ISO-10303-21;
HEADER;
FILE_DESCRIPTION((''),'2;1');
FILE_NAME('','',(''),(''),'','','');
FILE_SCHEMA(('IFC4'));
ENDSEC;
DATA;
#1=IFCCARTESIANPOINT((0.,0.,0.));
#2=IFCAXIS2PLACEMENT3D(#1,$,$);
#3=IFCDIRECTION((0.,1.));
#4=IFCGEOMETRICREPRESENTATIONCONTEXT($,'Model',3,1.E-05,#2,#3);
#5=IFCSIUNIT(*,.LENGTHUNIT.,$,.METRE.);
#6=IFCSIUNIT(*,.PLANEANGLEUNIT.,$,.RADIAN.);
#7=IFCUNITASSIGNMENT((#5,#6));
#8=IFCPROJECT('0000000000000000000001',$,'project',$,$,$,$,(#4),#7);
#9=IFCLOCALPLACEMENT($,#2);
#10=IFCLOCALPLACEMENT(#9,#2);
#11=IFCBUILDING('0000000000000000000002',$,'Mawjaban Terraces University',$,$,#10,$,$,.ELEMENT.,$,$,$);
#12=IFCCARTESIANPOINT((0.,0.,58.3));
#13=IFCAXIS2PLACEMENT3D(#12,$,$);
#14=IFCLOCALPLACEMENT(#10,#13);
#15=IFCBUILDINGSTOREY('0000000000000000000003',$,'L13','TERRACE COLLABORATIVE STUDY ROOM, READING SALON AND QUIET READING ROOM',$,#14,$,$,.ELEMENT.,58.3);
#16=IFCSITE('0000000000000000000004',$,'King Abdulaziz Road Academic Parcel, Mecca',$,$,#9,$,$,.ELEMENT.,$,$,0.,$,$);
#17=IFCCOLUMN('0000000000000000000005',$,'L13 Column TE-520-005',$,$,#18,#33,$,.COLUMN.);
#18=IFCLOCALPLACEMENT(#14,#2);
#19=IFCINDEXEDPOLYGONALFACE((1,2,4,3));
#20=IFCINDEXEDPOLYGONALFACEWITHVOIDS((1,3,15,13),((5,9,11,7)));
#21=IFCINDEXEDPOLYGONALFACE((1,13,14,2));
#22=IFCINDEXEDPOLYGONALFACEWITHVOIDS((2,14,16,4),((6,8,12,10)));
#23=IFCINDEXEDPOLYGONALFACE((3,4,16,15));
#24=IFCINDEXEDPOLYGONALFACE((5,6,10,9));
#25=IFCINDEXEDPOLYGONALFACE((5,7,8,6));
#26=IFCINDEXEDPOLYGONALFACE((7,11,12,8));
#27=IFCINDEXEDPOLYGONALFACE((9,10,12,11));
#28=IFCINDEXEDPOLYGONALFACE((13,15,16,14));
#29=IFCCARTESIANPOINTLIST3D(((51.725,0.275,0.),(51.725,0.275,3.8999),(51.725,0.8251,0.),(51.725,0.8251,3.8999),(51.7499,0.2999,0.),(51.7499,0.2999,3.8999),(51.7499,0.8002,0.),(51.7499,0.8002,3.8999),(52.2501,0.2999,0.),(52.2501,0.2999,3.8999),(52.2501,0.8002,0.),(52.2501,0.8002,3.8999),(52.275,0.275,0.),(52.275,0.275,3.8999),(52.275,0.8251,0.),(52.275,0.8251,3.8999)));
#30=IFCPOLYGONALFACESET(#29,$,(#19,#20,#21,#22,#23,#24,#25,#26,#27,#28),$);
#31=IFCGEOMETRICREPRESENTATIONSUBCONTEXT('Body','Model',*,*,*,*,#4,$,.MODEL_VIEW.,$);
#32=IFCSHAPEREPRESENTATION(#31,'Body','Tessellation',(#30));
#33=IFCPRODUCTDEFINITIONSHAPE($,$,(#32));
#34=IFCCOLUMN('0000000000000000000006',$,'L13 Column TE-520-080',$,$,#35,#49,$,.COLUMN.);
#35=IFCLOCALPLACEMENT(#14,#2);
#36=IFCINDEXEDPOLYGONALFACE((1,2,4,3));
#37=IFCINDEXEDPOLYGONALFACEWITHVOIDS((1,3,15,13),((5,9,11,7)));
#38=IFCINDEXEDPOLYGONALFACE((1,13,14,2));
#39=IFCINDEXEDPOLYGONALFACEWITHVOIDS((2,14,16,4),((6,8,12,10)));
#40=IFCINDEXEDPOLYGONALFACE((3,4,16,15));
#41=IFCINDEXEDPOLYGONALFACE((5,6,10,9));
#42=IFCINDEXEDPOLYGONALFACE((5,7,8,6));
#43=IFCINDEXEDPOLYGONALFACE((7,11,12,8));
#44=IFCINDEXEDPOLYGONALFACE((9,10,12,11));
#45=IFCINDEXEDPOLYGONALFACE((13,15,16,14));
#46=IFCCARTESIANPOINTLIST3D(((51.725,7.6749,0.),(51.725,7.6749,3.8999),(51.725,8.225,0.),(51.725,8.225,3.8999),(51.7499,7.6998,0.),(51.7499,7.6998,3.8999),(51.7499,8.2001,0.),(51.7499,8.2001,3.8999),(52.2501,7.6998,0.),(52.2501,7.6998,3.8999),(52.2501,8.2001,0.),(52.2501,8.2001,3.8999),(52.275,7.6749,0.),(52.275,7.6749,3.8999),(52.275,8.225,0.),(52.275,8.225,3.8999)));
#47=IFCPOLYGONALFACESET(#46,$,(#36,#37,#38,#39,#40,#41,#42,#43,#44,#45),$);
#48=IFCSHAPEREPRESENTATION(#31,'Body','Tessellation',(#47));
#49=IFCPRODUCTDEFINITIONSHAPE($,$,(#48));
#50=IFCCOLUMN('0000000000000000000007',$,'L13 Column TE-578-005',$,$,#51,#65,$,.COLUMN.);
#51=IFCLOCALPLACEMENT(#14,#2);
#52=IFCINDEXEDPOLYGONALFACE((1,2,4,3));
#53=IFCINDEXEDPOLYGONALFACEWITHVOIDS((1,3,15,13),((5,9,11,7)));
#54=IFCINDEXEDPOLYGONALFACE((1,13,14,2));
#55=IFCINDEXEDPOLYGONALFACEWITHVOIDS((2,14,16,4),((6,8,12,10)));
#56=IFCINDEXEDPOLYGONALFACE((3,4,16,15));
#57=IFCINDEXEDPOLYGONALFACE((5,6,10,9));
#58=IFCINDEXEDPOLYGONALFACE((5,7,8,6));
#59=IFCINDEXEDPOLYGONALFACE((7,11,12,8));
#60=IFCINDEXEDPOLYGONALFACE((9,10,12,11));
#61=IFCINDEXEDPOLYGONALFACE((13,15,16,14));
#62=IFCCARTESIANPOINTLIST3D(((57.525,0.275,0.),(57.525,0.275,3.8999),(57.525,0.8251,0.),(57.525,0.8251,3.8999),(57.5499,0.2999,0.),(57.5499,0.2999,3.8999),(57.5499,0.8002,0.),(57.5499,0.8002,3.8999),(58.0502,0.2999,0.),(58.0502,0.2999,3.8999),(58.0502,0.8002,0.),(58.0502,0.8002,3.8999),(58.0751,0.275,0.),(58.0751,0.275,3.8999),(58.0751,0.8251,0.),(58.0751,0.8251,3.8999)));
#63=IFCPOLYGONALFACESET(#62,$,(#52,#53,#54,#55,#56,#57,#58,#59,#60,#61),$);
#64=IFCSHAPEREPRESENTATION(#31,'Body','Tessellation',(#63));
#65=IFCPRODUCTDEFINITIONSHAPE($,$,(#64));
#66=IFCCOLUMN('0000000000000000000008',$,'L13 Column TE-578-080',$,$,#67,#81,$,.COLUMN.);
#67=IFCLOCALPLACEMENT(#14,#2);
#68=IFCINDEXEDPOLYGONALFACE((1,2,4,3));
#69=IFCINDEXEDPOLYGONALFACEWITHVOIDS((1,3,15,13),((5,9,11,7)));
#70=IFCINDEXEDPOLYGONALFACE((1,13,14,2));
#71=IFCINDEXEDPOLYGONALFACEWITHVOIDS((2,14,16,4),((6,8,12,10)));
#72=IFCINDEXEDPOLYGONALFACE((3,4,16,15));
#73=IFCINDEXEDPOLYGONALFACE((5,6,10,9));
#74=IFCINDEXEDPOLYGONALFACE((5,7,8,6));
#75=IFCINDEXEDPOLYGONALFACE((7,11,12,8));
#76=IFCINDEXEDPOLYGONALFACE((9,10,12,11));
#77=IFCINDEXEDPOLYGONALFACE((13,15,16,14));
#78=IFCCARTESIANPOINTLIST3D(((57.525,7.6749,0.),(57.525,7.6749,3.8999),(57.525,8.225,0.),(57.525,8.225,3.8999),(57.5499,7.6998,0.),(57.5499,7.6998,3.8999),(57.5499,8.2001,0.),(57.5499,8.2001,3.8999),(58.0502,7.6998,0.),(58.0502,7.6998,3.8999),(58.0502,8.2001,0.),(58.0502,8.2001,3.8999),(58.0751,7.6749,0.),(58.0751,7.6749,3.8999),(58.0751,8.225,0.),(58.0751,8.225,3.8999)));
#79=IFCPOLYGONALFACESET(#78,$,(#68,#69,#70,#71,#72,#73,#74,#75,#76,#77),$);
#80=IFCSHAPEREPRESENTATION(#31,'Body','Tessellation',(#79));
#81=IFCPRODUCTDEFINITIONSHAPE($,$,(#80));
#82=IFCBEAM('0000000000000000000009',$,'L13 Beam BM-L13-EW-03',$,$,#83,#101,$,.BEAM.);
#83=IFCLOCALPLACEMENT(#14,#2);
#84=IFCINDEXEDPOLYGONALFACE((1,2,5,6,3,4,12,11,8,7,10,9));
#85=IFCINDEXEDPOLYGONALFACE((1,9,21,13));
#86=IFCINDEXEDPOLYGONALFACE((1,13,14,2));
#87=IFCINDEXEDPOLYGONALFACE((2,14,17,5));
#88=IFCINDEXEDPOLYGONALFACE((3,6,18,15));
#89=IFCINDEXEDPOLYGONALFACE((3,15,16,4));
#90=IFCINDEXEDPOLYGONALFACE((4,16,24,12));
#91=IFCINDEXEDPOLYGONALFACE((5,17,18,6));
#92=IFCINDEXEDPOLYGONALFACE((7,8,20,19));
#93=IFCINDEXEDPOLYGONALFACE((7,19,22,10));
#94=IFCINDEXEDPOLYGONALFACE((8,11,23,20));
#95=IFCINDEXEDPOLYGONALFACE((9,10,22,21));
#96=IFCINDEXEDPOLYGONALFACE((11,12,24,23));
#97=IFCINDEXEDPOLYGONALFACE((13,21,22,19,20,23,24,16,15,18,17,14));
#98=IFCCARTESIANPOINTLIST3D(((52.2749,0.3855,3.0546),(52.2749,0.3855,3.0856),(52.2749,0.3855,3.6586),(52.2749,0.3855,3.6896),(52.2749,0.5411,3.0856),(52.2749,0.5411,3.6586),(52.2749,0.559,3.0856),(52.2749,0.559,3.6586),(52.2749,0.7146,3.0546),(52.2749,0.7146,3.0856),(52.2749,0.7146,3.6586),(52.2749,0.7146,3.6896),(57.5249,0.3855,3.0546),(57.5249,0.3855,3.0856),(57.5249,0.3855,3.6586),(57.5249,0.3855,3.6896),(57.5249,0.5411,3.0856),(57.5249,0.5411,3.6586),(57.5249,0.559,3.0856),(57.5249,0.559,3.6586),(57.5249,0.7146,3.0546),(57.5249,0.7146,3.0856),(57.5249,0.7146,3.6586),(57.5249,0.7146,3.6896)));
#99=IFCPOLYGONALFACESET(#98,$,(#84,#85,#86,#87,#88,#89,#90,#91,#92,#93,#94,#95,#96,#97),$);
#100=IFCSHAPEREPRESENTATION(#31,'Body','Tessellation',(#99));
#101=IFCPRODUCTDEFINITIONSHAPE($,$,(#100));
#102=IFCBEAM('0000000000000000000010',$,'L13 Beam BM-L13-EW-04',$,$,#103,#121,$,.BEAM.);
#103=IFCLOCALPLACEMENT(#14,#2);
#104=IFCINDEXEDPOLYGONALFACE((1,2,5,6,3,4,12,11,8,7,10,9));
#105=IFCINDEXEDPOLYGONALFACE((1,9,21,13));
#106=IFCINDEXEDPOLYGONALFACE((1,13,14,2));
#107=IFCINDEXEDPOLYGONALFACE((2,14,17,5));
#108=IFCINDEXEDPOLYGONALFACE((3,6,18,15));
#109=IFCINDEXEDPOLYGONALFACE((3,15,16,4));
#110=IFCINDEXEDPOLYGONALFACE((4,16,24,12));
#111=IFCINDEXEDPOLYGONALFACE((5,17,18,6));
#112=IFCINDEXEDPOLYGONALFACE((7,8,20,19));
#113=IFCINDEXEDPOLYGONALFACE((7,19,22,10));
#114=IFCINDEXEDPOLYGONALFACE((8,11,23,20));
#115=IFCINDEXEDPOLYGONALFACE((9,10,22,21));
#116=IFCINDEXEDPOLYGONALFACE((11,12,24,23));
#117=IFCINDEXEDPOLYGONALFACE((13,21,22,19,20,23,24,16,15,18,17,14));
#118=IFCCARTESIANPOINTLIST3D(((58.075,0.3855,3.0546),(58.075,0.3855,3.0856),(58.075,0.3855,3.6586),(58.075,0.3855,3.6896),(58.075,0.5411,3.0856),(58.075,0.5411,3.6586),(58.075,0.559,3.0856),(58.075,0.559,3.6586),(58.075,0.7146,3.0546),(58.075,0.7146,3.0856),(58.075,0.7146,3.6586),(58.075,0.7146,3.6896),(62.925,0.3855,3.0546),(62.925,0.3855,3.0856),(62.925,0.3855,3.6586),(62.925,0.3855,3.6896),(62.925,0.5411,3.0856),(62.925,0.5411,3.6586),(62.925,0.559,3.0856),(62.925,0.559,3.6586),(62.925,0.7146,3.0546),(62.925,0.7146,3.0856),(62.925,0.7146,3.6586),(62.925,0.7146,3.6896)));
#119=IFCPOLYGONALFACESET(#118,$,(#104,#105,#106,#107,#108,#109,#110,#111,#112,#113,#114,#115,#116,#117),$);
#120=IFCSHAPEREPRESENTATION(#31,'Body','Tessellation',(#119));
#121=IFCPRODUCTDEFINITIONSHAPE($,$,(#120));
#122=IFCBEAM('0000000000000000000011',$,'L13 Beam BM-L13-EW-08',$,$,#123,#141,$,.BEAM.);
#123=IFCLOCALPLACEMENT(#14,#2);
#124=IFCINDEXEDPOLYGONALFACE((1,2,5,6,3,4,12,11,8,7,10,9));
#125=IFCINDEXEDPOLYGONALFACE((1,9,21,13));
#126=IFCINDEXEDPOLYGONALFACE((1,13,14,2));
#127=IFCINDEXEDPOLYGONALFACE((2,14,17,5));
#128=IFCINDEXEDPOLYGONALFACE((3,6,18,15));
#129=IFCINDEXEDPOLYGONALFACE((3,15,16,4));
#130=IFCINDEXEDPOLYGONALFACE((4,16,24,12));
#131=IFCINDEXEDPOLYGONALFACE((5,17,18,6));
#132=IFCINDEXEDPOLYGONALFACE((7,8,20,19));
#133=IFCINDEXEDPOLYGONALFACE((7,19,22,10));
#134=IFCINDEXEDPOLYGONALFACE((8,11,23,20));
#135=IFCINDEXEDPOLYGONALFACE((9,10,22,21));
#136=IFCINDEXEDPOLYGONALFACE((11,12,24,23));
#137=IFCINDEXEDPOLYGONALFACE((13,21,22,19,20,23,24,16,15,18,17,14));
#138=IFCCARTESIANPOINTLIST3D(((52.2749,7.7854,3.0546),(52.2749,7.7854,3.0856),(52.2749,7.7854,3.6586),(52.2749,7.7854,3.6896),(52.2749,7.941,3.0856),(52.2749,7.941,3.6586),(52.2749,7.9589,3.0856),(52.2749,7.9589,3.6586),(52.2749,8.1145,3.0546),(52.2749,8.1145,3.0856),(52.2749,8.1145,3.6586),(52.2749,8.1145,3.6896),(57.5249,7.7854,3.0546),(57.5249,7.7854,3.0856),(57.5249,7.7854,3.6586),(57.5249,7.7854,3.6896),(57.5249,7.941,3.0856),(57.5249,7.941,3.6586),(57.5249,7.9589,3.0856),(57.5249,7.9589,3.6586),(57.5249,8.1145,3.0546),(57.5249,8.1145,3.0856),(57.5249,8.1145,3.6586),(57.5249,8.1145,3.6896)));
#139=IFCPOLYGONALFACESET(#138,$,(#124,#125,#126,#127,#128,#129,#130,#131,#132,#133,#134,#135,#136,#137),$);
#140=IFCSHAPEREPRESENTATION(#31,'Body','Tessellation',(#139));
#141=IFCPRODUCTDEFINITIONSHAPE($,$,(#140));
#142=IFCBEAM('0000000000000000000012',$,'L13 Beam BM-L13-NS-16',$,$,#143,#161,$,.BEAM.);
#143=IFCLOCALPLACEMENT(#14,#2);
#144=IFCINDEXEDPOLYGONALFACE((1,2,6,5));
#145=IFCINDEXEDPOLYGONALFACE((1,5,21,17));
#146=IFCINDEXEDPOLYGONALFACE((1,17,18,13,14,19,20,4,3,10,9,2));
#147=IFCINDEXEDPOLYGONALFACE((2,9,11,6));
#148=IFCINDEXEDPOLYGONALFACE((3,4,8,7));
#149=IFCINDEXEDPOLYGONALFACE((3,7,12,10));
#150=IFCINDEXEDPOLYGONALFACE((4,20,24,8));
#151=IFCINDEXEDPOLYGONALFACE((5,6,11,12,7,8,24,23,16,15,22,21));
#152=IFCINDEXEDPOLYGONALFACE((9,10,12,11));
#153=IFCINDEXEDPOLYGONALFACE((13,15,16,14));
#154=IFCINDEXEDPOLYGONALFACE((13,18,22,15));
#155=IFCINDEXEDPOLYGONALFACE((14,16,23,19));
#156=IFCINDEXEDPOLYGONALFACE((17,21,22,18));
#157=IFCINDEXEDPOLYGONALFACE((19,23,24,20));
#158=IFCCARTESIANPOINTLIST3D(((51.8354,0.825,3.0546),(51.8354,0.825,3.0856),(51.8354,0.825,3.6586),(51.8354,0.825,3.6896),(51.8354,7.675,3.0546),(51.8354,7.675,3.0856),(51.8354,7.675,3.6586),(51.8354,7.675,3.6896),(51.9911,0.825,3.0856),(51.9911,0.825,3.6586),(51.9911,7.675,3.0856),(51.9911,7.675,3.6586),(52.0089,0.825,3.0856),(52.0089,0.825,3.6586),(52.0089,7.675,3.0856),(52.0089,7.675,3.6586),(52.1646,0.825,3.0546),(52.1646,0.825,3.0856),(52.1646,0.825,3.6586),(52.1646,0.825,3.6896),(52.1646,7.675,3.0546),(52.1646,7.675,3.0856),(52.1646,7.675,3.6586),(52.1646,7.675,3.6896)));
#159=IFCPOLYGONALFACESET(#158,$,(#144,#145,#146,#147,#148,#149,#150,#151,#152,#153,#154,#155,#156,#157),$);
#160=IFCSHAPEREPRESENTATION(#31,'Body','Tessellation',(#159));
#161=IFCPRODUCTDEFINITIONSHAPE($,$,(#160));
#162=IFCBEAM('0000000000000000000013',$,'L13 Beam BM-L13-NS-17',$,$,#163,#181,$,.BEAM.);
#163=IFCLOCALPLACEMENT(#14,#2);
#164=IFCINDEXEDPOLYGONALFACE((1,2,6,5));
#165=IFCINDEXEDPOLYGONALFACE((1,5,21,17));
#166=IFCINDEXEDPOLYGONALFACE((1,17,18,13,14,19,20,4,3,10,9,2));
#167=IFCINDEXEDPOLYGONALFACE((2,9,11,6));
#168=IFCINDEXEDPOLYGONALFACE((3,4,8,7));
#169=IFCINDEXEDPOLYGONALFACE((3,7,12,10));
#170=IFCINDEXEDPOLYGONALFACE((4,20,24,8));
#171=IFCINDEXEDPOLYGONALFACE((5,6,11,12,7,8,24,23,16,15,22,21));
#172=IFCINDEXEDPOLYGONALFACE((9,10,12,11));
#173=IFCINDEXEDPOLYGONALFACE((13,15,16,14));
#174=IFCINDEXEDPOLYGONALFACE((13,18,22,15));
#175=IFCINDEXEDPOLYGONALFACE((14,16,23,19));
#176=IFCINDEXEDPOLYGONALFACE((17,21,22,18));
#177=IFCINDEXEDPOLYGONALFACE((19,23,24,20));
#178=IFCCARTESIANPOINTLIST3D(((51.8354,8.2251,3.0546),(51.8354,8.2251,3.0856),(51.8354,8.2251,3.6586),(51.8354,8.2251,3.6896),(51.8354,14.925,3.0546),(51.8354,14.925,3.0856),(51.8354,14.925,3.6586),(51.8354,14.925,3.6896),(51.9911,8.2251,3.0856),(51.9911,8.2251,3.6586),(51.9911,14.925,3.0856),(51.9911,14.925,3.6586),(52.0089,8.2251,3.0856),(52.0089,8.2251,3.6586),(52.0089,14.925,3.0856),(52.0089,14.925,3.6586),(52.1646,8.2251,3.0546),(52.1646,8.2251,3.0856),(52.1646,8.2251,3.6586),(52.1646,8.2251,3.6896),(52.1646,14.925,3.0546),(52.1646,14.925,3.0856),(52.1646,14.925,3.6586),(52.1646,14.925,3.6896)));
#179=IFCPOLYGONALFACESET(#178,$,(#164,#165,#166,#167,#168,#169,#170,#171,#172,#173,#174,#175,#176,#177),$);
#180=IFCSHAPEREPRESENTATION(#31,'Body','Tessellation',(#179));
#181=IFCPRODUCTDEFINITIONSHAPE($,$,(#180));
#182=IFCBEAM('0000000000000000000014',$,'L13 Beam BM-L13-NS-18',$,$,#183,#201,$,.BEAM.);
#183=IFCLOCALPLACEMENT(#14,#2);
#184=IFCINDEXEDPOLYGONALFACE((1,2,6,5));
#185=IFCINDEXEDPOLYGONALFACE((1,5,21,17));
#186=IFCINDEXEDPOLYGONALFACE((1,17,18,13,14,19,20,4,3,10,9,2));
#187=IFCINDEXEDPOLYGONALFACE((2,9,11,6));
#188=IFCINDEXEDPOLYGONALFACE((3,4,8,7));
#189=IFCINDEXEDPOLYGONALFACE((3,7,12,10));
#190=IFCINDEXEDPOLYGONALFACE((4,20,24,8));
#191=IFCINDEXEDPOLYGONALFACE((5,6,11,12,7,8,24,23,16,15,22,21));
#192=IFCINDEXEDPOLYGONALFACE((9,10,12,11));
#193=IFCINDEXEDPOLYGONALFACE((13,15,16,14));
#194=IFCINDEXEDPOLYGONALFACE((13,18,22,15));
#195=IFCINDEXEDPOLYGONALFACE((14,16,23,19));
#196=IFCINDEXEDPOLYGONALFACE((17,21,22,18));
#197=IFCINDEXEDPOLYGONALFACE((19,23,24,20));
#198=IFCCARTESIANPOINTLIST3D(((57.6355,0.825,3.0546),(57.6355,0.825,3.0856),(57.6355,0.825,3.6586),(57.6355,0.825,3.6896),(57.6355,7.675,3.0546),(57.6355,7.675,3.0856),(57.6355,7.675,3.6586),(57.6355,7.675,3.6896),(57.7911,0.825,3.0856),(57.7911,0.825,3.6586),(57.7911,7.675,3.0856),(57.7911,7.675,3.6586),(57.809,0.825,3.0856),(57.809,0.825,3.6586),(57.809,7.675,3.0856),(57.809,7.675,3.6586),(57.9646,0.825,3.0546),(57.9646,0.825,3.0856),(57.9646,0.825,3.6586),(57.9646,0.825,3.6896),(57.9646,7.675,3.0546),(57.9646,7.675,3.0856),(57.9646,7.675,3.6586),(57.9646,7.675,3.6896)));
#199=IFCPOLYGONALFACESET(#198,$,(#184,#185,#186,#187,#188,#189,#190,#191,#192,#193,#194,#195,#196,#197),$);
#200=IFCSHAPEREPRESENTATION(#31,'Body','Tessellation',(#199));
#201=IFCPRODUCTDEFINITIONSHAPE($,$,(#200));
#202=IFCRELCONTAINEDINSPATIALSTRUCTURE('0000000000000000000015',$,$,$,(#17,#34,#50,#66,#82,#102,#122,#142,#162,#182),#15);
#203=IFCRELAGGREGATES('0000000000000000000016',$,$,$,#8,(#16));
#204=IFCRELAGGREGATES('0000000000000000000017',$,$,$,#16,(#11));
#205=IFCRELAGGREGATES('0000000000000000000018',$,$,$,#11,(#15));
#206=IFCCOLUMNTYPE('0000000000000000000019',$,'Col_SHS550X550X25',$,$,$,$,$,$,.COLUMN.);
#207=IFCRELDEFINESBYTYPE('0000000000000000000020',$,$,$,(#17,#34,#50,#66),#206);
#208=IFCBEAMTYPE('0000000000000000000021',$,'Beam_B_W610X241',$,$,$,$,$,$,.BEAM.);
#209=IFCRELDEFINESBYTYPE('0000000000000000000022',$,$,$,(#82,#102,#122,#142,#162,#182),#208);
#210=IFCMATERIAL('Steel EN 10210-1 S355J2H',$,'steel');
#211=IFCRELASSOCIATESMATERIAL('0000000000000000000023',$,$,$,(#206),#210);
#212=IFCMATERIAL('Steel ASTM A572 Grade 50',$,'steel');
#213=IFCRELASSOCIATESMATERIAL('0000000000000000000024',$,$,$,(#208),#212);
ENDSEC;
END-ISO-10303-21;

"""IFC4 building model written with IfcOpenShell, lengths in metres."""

from ifc_helpers import new_model, si_unit, direction, frame, origin, origin_2d, place, context, subcontext, project, spatial, hollow_rectangle, i_section, extrude, material, material_profile, profile_set, type_object, element, save


model = new_model("IFC4")

# Units and contexts
model_context = context("Model", 3, precision=1e-05, world=origin(), true_north=direction((0.0, 1.0)))
body_context = subcontext(model_context, "Body", "Model", "MODEL_VIEW")
ifc_project = project(units=[si_unit("LENGTHUNIT", "METRE"), si_unit("PLANEANGLEUNIT", "RADIAN")], contexts=[model_context])

# Site, building, storey
site_placement = place(None, origin())
site = spatial("IfcSite", under=ifc_project, at=site_placement, Name="King Abdulaziz Road Academic Parcel, Mecca", CompositionType="ELEMENT", RefElevation=0.0)
building_placement = place(site_placement, origin())
building = spatial("IfcBuilding", under=site, at=building_placement, Name="Mawjaban Terraces University", CompositionType="ELEMENT")
storey_placement = place(building_placement, frame((0.0, 0.0, 58.3)))
storey = spatial("IfcBuildingStorey", under=building, at=storey_placement, Name="L13", Description="TERRACE COLLABORATIVE STUDY ROOM, READING SALON AND QUIET READING ROOM", CompositionType="ELEMENT", Elevation=58.3)

# Columns
ifc_material_1 = material(Name="Steel EN 10210-1 S355J2H", Category="steel")
ifc_material_profile_1 = material_profile(ifc_material_1, hollow_rectangle(XDim=0.55, YDim=0.55, WallThickness=0.0249, at=origin_2d()), Name="SHS550X550X25")
ifc_profile_set_1 = profile_set([ifc_material_profile_1], Name="Steel EN 10210-1 S355J2H")
column_type = type_object("IfcColumnType", Name="Col_SHS550X550X25", PredefinedType="COLUMN", material=ifc_profile_set_1)
for number, where, z_axis, x_axis, name in (
    (1, (52.0, 0.55, 0.0), (0.0, 0.0, 1.0), (1.0, 0.0, 0.0), "L13 Column TE-520-005"),
    (2, (52.0, 7.95, 0.0), (0.0, 0.0, 1.0), (1.0, 0.0, 0.0), "L13 Column TE-520-080"),
    (3, (57.8, 0.55, 0.0), (0.0, 0.0, 1.0), (1.0, 0.0, 0.0), "L13 Column TE-578-005"),
    (4, (57.8, 7.95, 0.0), (0.0, 0.0, 1.0), (1.0, 0.0, 0.0), "L13 Column TE-578-080"),
):
    element("IfcColumn", number, at=place(storey_placement, frame(where, z_axis=z_axis, x_axis=x_axis)), inside=storey, type_object=column_type, Name=name, PredefinedType="COLUMN", context=body_context, shape_type="SweptSolid", body=[
        extrude(hollow_rectangle(XDim=0.55, YDim=0.55, WallThickness=0.0249, at=origin_2d()), origin(), (0.0, 0.0, 1.0), 3.8999),
    ])

# Beams
ifc_material_2 = material(Name="Steel ASTM A572 Grade 50", Category="steel")
ifc_material_profile_2 = material_profile(ifc_material_2, i_section(OverallWidth=0.3291, OverallDepth=0.635, WebThickness=0.0178, FlangeThickness=0.031, at=origin_2d()), Name="W610X241")
ifc_profile_set_2 = profile_set([ifc_material_profile_2], Name="Steel ASTM A572 Grade 50")
beam_type_1 = type_object("IfcBeamType", Name="Beam_B_W610X241", PredefinedType="BEAM", material=ifc_profile_set_2)
beam_1_placement = place(storey_placement, frame((52.2749, 0.55, 3.3721), z_axis=(1.0, 0.0, 0.0), x_axis=(0.0, 1.0, 0.0)))
element("IfcBeam", 5, at=beam_1_placement, inside=storey, type_object=beam_type_1, Name="L13 Beam BM-L13-EW-03", PredefinedType="BEAM", context=body_context, shape_type="SweptSolid", body=[
    extrude(i_section(OverallWidth=0.3291, OverallDepth=0.635, WebThickness=0.0178, FlangeThickness=0.031, at=origin_2d()), origin(), (0.0, 0.0, 1.0), 5.25),
])
beam_2_placement = place(storey_placement, frame((58.075, 0.55, 3.3721), z_axis=(1.0, 0.0, 0.0), x_axis=(0.0, 1.0, 0.0)))
element("IfcBeam", 6, at=beam_2_placement, inside=storey, type_object=beam_type_1, Name="L13 Beam BM-L13-EW-04", PredefinedType="BEAM", context=body_context, shape_type="SweptSolid", body=[
    extrude(i_section(OverallWidth=0.3291, OverallDepth=0.635, WebThickness=0.0178, FlangeThickness=0.031, at=origin_2d()), origin(), (0.0, 0.0, 1.0), 4.8501),
])
beam_3_placement = place(storey_placement, frame((52.2749, 7.95, 3.3721), z_axis=(1.0, 0.0, 0.0), x_axis=(0.0, 1.0, 0.0)))
element("IfcBeam", 7, at=beam_3_placement, inside=storey, type_object=beam_type_1, Name="L13 Beam BM-L13-EW-08", PredefinedType="BEAM", context=body_context, shape_type="SweptSolid", body=[
    extrude(i_section(OverallWidth=0.3291, OverallDepth=0.635, WebThickness=0.0178, FlangeThickness=0.031, at=origin_2d()), origin(), (0.0, 0.0, 1.0), 5.25),
])
beam_4_placement = place(storey_placement, frame((52.0, 0.825, 3.3721), z_axis=(0.0, 1.0, 0.0), x_axis=(-1.0, 0.0, 0.0)))
element("IfcBeam", 8, at=beam_4_placement, inside=storey, type_object=beam_type_1, Name="L13 Beam BM-L13-NS-16", PredefinedType="BEAM", context=body_context, shape_type="SweptSolid", body=[
    extrude(i_section(OverallWidth=0.3291, OverallDepth=0.635, WebThickness=0.0178, FlangeThickness=0.031, at=origin_2d()), origin(), (0.0, 0.0, 1.0), 6.8501),
])
beam_5_placement = place(storey_placement, frame((52.0, 8.2251, 3.3721), z_axis=(0.0, 1.0, 0.0), x_axis=(-1.0, 0.0, 0.0)))
element("IfcBeam", 9, at=beam_5_placement, inside=storey, type_object=beam_type_1, Name="L13 Beam BM-L13-NS-17", PredefinedType="BEAM", context=body_context, shape_type="SweptSolid", body=[
    extrude(i_section(OverallWidth=0.3291, OverallDepth=0.635, WebThickness=0.0178, FlangeThickness=0.031, at=origin_2d()), origin(), (0.0, 0.0, 1.0), 6.7),
])
beam_6_placement = place(storey_placement, frame((57.8, 0.825, 3.3721), z_axis=(0.0, 1.0, 0.0), x_axis=(-1.0, 0.0, 0.0)))
element("IfcBeam", 10, at=beam_6_placement, inside=storey, type_object=beam_type_1, Name="L13 Beam BM-L13-NS-18", PredefinedType="BEAM", context=body_context, shape_type="SweptSolid", body=[
    extrude(i_section(OverallWidth=0.3291, OverallDepth=0.635, WebThickness=0.0178, FlangeThickness=0.031, at=origin_2d()), origin(), (0.0, 0.0, 1.0), 6.8501),
])

save(model, "model.ifc")
